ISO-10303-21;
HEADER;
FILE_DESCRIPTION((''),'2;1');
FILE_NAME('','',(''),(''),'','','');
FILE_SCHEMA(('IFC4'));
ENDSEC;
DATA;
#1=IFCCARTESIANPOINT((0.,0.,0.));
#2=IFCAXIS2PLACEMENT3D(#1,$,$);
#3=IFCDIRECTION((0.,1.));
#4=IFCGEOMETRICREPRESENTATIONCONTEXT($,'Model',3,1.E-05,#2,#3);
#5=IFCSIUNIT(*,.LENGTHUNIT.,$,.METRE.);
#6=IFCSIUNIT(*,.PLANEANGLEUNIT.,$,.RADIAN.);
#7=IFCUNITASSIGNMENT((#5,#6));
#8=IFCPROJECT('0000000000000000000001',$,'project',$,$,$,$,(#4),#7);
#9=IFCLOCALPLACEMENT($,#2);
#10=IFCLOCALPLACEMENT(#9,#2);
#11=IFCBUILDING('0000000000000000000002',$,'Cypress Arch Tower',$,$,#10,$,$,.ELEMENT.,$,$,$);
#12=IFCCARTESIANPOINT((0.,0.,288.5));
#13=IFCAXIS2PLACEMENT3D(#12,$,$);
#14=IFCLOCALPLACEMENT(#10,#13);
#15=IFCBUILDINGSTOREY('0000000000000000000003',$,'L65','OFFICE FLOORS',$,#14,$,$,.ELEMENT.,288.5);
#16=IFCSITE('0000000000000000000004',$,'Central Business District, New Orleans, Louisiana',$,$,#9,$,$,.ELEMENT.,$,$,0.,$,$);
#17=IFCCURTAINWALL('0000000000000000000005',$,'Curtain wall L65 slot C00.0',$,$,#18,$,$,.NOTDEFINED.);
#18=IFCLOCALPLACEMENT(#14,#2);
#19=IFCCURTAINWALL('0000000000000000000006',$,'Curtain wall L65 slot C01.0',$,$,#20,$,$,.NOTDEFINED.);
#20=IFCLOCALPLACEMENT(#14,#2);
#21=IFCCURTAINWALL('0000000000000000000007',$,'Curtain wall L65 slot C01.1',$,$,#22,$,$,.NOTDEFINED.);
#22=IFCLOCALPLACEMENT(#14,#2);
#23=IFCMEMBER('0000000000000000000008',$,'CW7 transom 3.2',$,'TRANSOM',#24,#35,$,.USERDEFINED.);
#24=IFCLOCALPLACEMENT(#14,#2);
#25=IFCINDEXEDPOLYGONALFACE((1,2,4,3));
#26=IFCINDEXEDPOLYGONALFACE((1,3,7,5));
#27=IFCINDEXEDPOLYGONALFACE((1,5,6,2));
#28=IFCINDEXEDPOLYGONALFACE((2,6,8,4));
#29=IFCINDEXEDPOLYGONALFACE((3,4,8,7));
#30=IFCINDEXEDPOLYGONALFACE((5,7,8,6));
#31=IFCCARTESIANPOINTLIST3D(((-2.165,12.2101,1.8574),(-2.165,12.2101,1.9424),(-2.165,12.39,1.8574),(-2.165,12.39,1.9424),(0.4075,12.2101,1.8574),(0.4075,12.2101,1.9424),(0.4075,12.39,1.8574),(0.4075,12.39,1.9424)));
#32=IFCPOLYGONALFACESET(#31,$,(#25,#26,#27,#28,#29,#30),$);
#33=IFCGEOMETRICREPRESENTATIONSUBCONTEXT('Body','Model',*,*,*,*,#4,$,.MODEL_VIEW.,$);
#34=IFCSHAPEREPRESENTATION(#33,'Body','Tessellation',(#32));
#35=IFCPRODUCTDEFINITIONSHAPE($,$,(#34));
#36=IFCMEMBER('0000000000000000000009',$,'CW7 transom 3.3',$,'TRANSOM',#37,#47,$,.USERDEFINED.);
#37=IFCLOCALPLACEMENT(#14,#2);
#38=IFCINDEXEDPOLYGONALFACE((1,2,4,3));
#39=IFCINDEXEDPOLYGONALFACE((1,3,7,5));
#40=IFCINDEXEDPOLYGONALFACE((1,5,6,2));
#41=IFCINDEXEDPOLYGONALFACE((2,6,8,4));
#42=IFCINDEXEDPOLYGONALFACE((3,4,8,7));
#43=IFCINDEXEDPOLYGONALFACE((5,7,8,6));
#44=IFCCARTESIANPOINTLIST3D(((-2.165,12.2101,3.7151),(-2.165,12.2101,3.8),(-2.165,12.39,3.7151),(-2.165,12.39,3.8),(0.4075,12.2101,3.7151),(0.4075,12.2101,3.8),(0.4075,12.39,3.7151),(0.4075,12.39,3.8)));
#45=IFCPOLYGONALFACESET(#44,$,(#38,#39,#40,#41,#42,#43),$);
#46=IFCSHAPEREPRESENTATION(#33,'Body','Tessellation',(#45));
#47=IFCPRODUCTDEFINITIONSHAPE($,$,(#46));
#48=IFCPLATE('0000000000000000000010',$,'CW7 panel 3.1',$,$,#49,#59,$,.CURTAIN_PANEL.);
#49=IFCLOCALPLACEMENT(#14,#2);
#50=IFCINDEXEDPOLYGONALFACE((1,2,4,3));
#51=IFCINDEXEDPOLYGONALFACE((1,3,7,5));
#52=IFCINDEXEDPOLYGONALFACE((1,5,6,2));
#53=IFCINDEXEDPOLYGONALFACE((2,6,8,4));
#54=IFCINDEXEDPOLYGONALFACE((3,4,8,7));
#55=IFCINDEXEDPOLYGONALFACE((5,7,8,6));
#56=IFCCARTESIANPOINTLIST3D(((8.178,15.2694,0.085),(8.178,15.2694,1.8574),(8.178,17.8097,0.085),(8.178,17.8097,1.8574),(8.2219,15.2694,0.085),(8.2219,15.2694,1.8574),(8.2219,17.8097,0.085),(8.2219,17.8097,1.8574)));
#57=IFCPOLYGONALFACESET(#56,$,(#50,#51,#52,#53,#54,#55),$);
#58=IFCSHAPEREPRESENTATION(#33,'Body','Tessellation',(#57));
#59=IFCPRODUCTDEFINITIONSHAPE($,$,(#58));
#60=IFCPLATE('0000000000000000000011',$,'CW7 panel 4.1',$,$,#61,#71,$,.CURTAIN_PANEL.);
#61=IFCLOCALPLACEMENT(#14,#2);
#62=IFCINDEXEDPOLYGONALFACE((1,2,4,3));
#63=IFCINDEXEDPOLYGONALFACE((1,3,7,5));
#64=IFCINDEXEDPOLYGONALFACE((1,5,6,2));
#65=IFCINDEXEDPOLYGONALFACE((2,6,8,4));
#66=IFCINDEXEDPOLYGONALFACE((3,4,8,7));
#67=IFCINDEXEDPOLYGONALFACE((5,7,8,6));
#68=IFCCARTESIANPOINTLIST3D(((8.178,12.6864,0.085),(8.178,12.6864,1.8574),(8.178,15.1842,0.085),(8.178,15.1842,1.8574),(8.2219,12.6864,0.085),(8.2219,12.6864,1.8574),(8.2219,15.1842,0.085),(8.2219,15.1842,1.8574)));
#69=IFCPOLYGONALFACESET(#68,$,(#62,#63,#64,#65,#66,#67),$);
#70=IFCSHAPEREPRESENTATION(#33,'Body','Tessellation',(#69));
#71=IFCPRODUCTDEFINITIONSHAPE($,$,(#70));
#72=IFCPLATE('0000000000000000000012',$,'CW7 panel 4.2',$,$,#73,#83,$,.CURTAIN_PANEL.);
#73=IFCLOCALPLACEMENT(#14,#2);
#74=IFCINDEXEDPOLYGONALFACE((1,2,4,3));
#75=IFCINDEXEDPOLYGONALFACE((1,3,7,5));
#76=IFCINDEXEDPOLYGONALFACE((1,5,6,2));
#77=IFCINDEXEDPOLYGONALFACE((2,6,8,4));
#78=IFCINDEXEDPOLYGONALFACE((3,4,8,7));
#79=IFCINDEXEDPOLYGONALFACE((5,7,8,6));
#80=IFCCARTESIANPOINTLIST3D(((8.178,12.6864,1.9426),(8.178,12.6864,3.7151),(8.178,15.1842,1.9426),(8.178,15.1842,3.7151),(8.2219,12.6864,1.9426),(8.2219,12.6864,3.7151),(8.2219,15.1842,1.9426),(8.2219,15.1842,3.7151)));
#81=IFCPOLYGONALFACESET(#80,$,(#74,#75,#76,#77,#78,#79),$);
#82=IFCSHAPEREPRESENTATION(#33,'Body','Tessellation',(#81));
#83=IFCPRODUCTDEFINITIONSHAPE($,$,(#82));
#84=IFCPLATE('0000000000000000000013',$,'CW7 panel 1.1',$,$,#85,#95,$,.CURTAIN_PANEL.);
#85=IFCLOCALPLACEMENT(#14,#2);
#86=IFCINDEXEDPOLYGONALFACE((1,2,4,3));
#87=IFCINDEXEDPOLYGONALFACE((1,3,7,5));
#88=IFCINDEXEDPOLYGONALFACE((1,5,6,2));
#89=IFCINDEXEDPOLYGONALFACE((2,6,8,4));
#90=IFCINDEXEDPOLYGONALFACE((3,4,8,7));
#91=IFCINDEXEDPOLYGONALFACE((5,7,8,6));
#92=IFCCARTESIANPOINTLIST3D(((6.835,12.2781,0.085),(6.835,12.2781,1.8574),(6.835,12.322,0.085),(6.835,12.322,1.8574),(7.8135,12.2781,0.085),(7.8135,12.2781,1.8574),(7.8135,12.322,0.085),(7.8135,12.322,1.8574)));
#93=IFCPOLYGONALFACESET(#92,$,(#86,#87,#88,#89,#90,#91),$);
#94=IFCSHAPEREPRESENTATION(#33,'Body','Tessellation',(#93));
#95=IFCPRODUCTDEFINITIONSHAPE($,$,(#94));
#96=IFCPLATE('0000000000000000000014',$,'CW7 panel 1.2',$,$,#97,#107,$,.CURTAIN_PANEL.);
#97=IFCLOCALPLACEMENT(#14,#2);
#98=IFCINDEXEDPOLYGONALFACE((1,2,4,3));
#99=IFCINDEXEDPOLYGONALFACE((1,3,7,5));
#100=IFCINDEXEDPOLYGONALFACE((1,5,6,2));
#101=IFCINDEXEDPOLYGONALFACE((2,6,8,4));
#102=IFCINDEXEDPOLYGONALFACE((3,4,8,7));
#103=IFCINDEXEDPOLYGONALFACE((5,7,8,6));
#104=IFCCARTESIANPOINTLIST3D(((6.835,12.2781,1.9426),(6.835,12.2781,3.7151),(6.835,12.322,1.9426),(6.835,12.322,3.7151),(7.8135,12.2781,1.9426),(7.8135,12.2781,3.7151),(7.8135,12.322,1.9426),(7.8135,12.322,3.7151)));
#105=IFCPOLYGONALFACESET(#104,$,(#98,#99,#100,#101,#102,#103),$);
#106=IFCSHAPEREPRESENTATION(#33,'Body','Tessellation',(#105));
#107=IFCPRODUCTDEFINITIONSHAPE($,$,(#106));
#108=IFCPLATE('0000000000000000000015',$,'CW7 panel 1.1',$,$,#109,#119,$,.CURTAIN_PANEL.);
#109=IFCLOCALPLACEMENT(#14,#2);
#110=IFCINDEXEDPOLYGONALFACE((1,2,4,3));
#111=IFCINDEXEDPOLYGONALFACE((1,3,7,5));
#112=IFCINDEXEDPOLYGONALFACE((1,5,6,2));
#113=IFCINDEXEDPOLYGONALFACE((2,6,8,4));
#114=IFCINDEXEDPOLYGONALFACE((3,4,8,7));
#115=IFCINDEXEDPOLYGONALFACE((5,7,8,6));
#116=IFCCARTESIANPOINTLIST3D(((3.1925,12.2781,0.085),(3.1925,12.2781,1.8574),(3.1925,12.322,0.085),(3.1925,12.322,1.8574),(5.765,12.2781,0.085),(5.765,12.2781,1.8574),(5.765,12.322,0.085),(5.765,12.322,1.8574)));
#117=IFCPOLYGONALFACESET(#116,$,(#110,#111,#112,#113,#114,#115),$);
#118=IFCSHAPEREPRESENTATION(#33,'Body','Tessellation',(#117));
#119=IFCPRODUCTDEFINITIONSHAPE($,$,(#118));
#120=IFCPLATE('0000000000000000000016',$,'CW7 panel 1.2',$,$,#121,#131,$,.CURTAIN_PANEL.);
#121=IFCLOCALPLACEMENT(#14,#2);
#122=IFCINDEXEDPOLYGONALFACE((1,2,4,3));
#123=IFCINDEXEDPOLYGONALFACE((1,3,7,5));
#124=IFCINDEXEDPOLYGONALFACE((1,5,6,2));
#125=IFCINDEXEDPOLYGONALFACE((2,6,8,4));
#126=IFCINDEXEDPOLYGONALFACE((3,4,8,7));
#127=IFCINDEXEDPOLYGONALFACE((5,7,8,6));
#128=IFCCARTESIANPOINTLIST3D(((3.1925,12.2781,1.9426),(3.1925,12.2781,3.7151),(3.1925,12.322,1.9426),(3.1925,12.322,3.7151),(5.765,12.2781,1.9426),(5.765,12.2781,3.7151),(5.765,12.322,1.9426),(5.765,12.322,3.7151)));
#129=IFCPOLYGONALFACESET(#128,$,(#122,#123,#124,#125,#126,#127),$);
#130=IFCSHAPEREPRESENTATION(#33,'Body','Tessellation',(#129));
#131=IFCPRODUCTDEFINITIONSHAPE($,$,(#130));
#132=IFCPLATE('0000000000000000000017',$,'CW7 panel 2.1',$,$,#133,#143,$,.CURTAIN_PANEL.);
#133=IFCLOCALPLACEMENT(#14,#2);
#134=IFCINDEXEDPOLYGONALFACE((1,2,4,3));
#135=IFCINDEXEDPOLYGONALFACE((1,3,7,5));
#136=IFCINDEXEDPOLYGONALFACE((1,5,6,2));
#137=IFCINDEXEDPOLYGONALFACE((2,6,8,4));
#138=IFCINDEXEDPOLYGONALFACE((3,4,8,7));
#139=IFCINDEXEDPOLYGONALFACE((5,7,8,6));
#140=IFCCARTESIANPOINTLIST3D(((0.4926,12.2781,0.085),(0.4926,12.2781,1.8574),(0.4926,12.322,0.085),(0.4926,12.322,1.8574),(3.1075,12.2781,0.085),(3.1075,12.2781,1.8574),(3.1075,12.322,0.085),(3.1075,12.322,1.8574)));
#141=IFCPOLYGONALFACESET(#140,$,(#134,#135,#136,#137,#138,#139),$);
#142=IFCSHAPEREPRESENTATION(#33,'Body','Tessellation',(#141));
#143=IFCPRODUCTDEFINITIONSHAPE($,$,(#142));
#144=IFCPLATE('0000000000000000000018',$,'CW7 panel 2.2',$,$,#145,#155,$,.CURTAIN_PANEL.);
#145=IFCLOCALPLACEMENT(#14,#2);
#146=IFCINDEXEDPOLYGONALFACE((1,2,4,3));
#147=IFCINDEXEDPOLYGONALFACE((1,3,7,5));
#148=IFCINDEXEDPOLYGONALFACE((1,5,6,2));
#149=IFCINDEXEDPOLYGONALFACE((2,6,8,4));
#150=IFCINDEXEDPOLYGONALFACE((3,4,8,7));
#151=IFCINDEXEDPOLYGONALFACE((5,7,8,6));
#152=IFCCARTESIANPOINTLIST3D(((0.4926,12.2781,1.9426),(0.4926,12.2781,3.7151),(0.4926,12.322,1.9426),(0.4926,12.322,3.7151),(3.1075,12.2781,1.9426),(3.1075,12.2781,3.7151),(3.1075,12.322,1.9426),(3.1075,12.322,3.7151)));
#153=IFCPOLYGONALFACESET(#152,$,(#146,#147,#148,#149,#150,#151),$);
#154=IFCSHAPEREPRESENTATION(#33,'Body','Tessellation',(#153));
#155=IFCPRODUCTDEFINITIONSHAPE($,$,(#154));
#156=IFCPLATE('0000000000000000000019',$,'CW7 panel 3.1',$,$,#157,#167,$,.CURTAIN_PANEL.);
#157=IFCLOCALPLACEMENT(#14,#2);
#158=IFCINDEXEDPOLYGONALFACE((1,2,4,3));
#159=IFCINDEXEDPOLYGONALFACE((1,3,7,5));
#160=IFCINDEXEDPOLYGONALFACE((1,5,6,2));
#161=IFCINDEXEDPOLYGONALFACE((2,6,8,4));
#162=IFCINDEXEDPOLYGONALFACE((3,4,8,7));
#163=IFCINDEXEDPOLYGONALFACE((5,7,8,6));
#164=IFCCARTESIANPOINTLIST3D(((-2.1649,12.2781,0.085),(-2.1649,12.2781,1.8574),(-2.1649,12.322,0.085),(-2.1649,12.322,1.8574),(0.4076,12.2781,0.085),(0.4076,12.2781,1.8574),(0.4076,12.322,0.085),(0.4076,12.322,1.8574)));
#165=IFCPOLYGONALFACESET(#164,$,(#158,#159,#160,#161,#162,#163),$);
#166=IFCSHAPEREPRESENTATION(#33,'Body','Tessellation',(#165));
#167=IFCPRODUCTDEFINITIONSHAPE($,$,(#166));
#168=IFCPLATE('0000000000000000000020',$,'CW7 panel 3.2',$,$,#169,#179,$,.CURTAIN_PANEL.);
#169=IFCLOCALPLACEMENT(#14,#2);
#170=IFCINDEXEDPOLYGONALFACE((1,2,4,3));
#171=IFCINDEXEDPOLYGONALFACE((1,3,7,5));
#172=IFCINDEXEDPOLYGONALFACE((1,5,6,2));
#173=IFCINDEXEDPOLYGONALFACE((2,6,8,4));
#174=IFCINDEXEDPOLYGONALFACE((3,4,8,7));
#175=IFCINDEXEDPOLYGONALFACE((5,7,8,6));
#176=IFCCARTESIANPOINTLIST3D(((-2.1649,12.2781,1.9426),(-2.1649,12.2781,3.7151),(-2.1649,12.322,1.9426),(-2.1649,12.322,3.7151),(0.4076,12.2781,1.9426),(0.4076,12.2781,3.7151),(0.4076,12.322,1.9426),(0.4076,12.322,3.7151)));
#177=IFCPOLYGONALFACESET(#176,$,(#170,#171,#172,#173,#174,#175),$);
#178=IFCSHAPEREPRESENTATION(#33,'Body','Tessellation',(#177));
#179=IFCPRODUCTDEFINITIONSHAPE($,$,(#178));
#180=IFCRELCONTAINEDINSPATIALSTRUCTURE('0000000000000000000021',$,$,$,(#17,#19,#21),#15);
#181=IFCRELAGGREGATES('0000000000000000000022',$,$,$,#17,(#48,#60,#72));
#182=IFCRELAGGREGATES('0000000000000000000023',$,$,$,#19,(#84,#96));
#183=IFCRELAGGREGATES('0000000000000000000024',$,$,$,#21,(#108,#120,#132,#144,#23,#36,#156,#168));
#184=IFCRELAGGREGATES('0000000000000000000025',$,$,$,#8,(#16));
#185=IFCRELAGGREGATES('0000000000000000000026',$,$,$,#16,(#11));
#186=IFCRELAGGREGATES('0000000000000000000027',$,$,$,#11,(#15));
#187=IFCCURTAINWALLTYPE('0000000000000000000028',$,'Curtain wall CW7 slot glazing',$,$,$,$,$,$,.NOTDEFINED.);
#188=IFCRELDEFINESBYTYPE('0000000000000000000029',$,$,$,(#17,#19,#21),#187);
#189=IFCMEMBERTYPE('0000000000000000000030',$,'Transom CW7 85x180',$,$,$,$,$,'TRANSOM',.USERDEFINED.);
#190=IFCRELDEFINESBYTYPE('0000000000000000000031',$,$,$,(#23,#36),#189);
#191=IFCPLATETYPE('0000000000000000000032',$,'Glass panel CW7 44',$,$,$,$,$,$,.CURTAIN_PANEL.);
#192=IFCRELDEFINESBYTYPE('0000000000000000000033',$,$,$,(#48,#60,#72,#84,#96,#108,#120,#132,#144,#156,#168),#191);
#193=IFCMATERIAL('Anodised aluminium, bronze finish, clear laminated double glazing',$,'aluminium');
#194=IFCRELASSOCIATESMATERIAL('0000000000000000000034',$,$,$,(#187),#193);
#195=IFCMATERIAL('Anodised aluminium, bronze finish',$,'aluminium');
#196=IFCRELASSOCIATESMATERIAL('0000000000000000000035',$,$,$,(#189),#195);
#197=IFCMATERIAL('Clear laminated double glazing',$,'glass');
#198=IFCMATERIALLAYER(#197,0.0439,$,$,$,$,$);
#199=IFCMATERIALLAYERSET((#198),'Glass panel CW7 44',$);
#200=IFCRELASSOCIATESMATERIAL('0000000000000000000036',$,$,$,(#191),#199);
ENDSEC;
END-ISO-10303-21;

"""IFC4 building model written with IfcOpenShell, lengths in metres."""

from ifc_helpers import new_model, si_unit, direction, frame, origin, origin_2d, place, context, subcontext, project, spatial, rectangle, extrude, material, layer, layer_set, material_profile, profile_set, type_object, element, aggregate, save


model = new_model("IFC4")

# Units and contexts
model_context = context("Model", 3, precision=1e-05, world=origin(), true_north=direction((0.0, 1.0)))
body_context = subcontext(model_context, "Body", "Model", "MODEL_VIEW")
ifc_project = project(units=[si_unit("LENGTHUNIT", "METRE"), si_unit("PLANEANGLEUNIT", "RADIAN")], contexts=[model_context])

# Site, building, storey
site_placement = place(None, origin())
site = spatial("IfcSite", under=ifc_project, at=site_placement, Name="Central Business District, New Orleans, Louisiana", CompositionType="ELEMENT", RefElevation=0.0)
building_placement = place(site_placement, origin())
building = spatial("IfcBuilding", under=site, at=building_placement, Name="Cypress Arch Tower", CompositionType="ELEMENT")
storey_placement = place(building_placement, frame((0.0, 0.0, 288.5)))
storey = spatial("IfcBuildingStorey", under=building, at=storey_placement, Name="L65", Description="OFFICE FLOORS", CompositionType="ELEMENT", Elevation=288.5)

# Curtain walls
ifc_material_1 = material(Name="Anodised aluminium, bronze finish, clear laminated double glazing", Category="aluminium")
curtain_wall_type = type_object("IfcCurtainWallType", Name="Curtain wall CW7 slot glazing", PredefinedType="NOTDEFINED", material=ifc_material_1)
curtain_wall_1_placement = place(storey_placement, origin())
curtain_wall_1 = element("IfcCurtainWall", 1, at=curtain_wall_1_placement, inside=storey, type_object=curtain_wall_type, Name="Curtain wall L65 slot C00.0", PredefinedType="NOTDEFINED")
curtain_wall_2_placement = place(storey_placement, origin())
curtain_wall_2 = element("IfcCurtainWall", 2, at=curtain_wall_2_placement, inside=storey, type_object=curtain_wall_type, Name="Curtain wall L65 slot C01.0", PredefinedType="NOTDEFINED")
curtain_wall_3_placement = place(storey_placement, origin())
curtain_wall_3 = element("IfcCurtainWall", 3, at=curtain_wall_3_placement, inside=storey, type_object=curtain_wall_type, Name="Curtain wall L65 slot C01.1", PredefinedType="NOTDEFINED")

# Members
ifc_material_2 = material(Name="Anodised aluminium, bronze finish", Category="aluminium")
ifc_material_profile_1 = material_profile(ifc_material_2, rectangle(XDim=0.1799, YDim=0.085, at=origin_2d()), Name="Transom 85x180")
ifc_profile_set_1 = profile_set([ifc_material_profile_1], Name="Anodised aluminium, bronze finish")
member_type_1 = type_object("IfcMemberType", Name="Transom CW7 85x180", ElementType="TRANSOM", PredefinedType="USERDEFINED", material=ifc_profile_set_1)
member_1_placement = place(storey_placement, frame((0.4075, 12.3, 1.8999), z_axis=(-1.0, 0.0, 0.0), x_axis=(0.0, -1.0, 0.0)))
member_1 = element("IfcMember", 4, at=member_1_placement, type_object=member_type_1, Name="CW7 transom 3.2", ObjectType="TRANSOM", PredefinedType="USERDEFINED", context=body_context, shape_type="SweptSolid", body=[
    extrude(rectangle(XDim=0.1799, YDim=0.085, at=origin_2d()), origin(), (0.0, 0.0, 1.0), 2.5725),
])
member_2_placement = place(storey_placement, frame((0.4075, 12.3, 3.7576), z_axis=(-1.0, 0.0, 0.0), x_axis=(0.0, -1.0, 0.0)))
member_2 = element("IfcMember", 5, at=member_2_placement, type_object=member_type_1, Name="CW7 transom 3.3", ObjectType="TRANSOM", PredefinedType="USERDEFINED", context=body_context, shape_type="SweptSolid", body=[
    extrude(rectangle(XDim=0.1799, YDim=0.085, at=origin_2d()), origin(), (0.0, 0.0, 1.0), 2.5725),
])

# Plates
ifc_material_3 = material(Name="Clear laminated double glazing", Category="glass")
ifc_layer = layer(ifc_material_3, 0.0439)
ifc_layer_set = layer_set([ifc_layer], Name="Glass panel CW7 44")
plate_type = type_object("IfcPlateType", Name="Glass panel CW7 44", PredefinedType="CURTAIN_PANEL", material=ifc_layer_set)
plate_1_placement = place(storey_placement, frame((8.2, 16.5396, 0.085), z_axis=(0.0, 0.0, 1.0), x_axis=(0.0, -1.0, 0.0)))
plate_1 = element("IfcPlate", 6, at=plate_1_placement, type_object=plate_type, Name="CW7 panel 3.1", PredefinedType="CURTAIN_PANEL", context=body_context, shape_type="SweptSolid", body=[
    extrude(rectangle(XDim=2.5403, YDim=0.0439, at=origin_2d()), origin(), (0.0, 0.0, 1.0), 1.7725),
])
plate_2_placement = place(storey_placement, frame((8.2, 13.9353, 0.085), z_axis=(0.0, 0.0, 1.0), x_axis=(0.0, -1.0, 0.0)))
plate_2 = element("IfcPlate", 7, at=plate_2_placement, type_object=plate_type, Name="CW7 panel 4.1", PredefinedType="CURTAIN_PANEL", context=body_context, shape_type="SweptSolid", body=[
    extrude(rectangle(XDim=2.4978, YDim=0.0439, at=origin_2d()), origin(), (0.0, 0.0, 1.0), 1.7725),
])
plate_3_placement = place(storey_placement, frame((8.2, 13.9353, 1.9426), z_axis=(0.0, 0.0, 1.0), x_axis=(0.0, -1.0, 0.0)))
plate_3 = element("IfcPlate", 8, at=plate_3_placement, type_object=plate_type, Name="CW7 panel 4.2", PredefinedType="CURTAIN_PANEL", context=body_context, shape_type="SweptSolid", body=[
    extrude(rectangle(XDim=2.4978, YDim=0.0439, at=origin_2d()), origin(), (0.0, 0.0, 1.0), 1.7725),
])
aggregate(curtain_wall_1, [plate_1, plate_2, plate_3])
plate_4_placement = place(storey_placement, frame((7.3242, 12.3, 0.085), z_axis=(0.0, 0.0, 1.0), x_axis=(-1.0, 0.0, 0.0)))
plate_4 = element("IfcPlate", 9, at=plate_4_placement, type_object=plate_type, Name="CW7 panel 1.1", PredefinedType="CURTAIN_PANEL", context=body_context, shape_type="SweptSolid", body=[
    extrude(rectangle(XDim=0.9785, YDim=0.0439, at=origin_2d()), origin(), (0.0, 0.0, 1.0), 1.7725),
])
plate_5_placement = place(storey_placement, frame((7.3242, 12.3, 1.9426), z_axis=(0.0, 0.0, 1.0), x_axis=(-1.0, 0.0, 0.0)))
plate_5 = element("IfcPlate", 10, at=plate_5_placement, type_object=plate_type, Name="CW7 panel 1.2", PredefinedType="CURTAIN_PANEL", context=body_context, shape_type="SweptSolid", body=[
    extrude(rectangle(XDim=0.9785, YDim=0.0439, at=origin_2d()), origin(), (0.0, 0.0, 1.0), 1.7725),
])
aggregate(curtain_wall_2, [plate_4, plate_5])
plate_6_placement = place(storey_placement, frame((4.4788, 12.3, 0.085), z_axis=(0.0, 0.0, 1.0), x_axis=(-1.0, 0.0, 0.0)))
plate_6 = element("IfcPlate", 11, at=plate_6_placement, type_object=plate_type, Name="CW7 panel 1.1", PredefinedType="CURTAIN_PANEL", context=body_context, shape_type="SweptSolid", body=[
    extrude(rectangle(XDim=2.5725, YDim=0.0439, at=origin_2d()), origin(), (0.0, 0.0, 1.0), 1.7725),
])
plate_7_placement = place(storey_placement, frame((4.4788, 12.3, 1.9426), z_axis=(0.0, 0.0, 1.0), x_axis=(-1.0, 0.0, 0.0)))
plate_7 = element("IfcPlate", 12, at=plate_7_placement, type_object=plate_type, Name="CW7 panel 1.2", PredefinedType="CURTAIN_PANEL", context=body_context, shape_type="SweptSolid", body=[
    extrude(rectangle(XDim=2.5725, YDim=0.0439, at=origin_2d()), origin(), (0.0, 0.0, 1.0), 1.7725),
])
plate_8_placement = place(storey_placement, frame((1.8, 12.3, 0.085), z_axis=(0.0, 0.0, 1.0), x_axis=(-1.0, 0.0, 0.0)))
plate_8 = element("IfcPlate", 13, at=plate_8_placement, type_object=plate_type, Name="CW7 panel 2.1", PredefinedType="CURTAIN_PANEL", context=body_context, shape_type="SweptSolid", body=[
    extrude(rectangle(XDim=2.615, YDim=0.0439, at=origin_2d()), origin(), (0.0, 0.0, 1.0), 1.7725),
])
plate_9_placement = place(storey_placement, frame((1.8, 12.3, 1.9426), z_axis=(0.0, 0.0, 1.0), x_axis=(-1.0, 0.0, 0.0)))
plate_9 = element("IfcPlate", 14, at=plate_9_placement, type_object=plate_type, Name="CW7 panel 2.2", PredefinedType="CURTAIN_PANEL", context=body_context, shape_type="SweptSolid", body=[
    extrude(rectangle(XDim=2.615, YDim=0.0439, at=origin_2d()), origin(), (0.0, 0.0, 1.0), 1.7725),
])
plate_10_placement = place(storey_placement, frame((-0.8787, 12.3, 0.085), z_axis=(0.0, 0.0, 1.0), x_axis=(-1.0, 0.0, 0.0)))
plate_10 = element("IfcPlate", 15, at=plate_10_placement, type_object=plate_type, Name="CW7 panel 3.1", PredefinedType="CURTAIN_PANEL", context=body_context, shape_type="SweptSolid", body=[
    extrude(rectangle(XDim=2.5725, YDim=0.0439, at=origin_2d()), origin(), (0.0, 0.0, 1.0), 1.7725),
])
plate_11_placement = place(storey_placement, frame((-0.8787, 12.3, 1.9426), z_axis=(0.0, 0.0, 1.0), x_axis=(-1.0, 0.0, 0.0)))
plate_11 = element("IfcPlate", 16, at=plate_11_placement, type_object=plate_type, Name="CW7 panel 3.2", PredefinedType="CURTAIN_PANEL", context=body_context, shape_type="SweptSolid", body=[
    extrude(rectangle(XDim=2.5725, YDim=0.0439, at=origin_2d()), origin(), (0.0, 0.0, 1.0), 1.7725),
])
aggregate(curtain_wall_3, [plate_6, plate_7, plate_8, plate_9, member_1, member_2, plate_10, plate_11])

save(model, "model.ifc")
